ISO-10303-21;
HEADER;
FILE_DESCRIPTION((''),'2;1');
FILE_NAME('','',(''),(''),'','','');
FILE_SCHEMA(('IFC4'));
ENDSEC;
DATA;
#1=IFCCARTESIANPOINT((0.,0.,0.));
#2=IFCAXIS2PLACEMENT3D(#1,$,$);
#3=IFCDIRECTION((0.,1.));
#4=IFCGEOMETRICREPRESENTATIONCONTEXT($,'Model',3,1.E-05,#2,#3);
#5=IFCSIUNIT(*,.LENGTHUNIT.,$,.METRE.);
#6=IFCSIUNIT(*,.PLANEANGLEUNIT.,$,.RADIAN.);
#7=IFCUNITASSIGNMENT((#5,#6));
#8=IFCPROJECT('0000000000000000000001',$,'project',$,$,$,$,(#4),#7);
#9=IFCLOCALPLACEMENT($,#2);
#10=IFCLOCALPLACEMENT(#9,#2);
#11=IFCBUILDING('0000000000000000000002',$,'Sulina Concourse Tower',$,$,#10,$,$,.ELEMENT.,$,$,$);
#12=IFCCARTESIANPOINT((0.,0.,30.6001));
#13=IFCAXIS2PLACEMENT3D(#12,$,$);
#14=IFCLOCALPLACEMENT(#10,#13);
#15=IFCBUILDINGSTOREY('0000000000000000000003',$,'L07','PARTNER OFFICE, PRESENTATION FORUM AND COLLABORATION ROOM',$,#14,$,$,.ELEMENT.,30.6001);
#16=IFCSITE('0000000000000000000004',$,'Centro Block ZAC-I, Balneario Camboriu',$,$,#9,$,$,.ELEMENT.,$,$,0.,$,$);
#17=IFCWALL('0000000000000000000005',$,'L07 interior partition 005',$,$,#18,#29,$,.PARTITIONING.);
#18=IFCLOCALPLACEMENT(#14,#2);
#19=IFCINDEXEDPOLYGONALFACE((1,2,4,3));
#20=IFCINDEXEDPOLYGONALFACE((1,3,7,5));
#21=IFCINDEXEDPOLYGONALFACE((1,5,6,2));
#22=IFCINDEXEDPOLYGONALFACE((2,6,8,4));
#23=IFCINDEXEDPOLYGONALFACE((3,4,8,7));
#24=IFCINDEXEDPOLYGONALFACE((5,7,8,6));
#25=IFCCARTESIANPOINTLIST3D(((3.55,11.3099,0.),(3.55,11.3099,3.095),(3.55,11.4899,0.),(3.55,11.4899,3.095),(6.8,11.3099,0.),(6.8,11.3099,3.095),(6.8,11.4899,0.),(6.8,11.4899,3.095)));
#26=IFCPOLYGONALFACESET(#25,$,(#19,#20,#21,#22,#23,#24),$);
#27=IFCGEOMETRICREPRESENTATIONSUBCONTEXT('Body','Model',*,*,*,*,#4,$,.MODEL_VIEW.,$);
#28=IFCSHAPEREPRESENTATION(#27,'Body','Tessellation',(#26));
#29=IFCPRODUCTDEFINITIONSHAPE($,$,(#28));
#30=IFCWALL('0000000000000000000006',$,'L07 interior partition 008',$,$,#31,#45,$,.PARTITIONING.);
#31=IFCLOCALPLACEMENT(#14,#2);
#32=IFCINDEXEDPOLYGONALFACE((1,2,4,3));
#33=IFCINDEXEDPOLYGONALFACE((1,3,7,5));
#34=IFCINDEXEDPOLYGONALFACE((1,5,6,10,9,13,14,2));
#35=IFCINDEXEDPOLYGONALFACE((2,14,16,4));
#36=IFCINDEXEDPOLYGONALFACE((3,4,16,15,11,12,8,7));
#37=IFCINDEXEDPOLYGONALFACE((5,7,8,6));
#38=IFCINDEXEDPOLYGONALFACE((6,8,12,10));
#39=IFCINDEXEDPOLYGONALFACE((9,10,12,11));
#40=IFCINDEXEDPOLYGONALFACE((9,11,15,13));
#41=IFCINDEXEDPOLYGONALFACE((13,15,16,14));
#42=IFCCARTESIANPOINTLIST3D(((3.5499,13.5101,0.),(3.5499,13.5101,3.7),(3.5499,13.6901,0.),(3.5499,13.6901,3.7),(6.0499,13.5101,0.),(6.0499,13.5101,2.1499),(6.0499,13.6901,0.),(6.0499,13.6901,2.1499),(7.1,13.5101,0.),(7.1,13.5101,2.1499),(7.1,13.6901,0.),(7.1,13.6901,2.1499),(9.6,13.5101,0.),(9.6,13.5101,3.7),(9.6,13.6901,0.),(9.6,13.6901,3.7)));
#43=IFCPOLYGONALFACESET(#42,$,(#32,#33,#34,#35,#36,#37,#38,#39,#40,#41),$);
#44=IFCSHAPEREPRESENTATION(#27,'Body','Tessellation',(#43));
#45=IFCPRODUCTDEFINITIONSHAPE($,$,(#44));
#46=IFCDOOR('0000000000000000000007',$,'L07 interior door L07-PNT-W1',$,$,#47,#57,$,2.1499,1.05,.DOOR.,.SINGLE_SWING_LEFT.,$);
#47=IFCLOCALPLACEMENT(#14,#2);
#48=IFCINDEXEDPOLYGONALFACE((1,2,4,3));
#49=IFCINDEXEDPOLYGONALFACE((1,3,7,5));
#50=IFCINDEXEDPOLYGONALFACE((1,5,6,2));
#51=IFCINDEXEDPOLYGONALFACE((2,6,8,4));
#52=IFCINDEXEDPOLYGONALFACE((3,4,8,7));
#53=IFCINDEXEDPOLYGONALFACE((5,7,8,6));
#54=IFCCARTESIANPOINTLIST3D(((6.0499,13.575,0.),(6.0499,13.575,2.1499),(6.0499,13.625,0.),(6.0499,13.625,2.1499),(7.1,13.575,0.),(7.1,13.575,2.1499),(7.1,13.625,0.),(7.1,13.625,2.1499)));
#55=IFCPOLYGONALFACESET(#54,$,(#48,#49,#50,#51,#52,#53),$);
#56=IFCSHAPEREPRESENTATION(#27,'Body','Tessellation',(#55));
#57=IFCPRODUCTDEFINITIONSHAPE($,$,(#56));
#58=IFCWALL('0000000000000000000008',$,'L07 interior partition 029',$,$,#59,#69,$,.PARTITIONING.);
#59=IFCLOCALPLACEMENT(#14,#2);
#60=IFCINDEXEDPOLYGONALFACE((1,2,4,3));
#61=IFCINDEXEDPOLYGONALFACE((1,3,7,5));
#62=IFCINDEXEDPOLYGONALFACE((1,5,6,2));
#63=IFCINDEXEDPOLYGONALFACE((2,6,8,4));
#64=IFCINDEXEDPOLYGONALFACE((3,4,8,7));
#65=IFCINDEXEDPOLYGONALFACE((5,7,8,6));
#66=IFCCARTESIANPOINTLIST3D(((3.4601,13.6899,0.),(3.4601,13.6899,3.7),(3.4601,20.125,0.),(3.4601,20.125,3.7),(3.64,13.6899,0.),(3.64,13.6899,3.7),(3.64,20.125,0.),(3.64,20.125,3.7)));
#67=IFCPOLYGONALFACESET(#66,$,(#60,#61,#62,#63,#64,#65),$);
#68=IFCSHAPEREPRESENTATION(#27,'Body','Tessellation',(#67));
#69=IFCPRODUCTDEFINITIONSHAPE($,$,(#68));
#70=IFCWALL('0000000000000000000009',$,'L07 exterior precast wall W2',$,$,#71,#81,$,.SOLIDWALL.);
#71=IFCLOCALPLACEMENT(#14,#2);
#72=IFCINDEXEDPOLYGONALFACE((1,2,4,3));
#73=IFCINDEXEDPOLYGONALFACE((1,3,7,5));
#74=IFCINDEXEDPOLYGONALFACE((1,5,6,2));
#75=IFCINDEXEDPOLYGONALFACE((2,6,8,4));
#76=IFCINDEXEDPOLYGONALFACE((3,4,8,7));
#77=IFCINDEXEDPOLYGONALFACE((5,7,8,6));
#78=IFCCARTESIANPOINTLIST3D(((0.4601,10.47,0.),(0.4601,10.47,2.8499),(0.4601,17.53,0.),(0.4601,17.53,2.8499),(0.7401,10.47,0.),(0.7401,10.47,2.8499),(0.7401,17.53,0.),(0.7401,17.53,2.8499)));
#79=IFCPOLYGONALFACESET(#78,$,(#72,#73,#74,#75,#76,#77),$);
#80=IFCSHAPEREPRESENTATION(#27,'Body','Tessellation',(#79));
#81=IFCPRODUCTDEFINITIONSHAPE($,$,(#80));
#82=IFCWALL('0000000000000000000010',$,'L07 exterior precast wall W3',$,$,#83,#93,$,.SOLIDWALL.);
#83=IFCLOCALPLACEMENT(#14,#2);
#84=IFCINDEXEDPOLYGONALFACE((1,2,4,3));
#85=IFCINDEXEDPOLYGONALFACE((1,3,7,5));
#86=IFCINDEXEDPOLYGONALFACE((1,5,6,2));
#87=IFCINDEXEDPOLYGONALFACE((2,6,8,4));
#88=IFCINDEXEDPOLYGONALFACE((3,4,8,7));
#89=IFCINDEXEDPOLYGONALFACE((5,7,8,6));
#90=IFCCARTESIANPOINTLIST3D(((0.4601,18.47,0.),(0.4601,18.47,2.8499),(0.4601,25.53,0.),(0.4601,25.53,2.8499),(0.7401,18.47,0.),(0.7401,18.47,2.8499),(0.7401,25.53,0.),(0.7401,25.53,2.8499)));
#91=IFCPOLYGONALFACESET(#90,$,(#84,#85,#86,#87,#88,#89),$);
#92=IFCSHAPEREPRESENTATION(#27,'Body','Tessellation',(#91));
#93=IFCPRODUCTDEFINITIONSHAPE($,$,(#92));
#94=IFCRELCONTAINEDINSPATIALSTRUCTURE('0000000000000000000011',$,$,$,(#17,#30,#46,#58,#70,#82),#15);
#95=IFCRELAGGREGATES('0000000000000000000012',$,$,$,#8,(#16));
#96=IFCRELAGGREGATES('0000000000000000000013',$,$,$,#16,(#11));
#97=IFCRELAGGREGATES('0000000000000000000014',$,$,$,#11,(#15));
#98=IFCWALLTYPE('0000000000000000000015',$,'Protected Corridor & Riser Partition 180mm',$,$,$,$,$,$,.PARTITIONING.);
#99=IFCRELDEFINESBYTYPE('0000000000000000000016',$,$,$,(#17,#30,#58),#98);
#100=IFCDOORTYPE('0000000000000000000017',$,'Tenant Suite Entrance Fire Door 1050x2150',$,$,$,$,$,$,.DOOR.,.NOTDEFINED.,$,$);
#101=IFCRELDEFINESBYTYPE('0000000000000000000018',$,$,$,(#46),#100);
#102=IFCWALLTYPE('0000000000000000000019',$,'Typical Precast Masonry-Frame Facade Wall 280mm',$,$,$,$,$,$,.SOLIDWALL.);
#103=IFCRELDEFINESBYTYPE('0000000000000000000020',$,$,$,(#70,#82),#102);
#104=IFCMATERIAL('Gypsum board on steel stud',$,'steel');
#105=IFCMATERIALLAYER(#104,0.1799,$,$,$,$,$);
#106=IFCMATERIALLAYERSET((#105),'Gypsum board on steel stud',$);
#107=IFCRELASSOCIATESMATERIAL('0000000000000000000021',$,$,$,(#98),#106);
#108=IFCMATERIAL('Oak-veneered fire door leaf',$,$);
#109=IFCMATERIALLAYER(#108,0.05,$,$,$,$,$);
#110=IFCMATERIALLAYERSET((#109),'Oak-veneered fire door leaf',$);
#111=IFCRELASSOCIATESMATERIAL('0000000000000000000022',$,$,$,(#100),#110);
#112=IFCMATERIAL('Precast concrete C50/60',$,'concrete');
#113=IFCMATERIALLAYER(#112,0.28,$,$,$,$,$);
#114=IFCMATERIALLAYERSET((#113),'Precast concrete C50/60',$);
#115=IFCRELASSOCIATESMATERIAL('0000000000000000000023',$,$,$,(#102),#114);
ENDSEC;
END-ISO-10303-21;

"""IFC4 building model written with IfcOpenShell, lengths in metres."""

from ifc_helpers import new_model, si_unit, direction, frame, frame_2d, origin, place, context, subcontext, project, spatial, rectangle, extrude, material, layer, layer_set, type_object, element, fill, save


model = new_model("IFC4")

# Units and contexts
model_context = context("Model", 3, precision=1e-05, world=origin(), true_north=direction((0.0, 1.0)))
body_context = subcontext(model_context, "Body", "Model", "MODEL_VIEW")
ifc_project = project(units=[si_unit("LENGTHUNIT", "METRE"), si_unit("PLANEANGLEUNIT", "RADIAN")], contexts=[model_context])

# Site, building, storey
site_placement = place(None, origin())
site = spatial("IfcSite", under=ifc_project, at=site_placement, Name="Centro Block ZAC-I, Balneario Camboriu", CompositionType="ELEMENT", RefElevation=0.0)
building_placement = place(site_placement, origin())
building = spatial("IfcBuilding", under=site, at=building_placement, Name="Sulina Concourse Tower", CompositionType="ELEMENT")
storey_placement = place(building_placement, frame((0.0, 0.0, 30.6001)))
storey = spatial("IfcBuildingStorey", under=building, at=storey_placement, Name="L07", Description="PARTNER OFFICE, PRESENTATION FORUM AND COLLABORATION ROOM", CompositionType="ELEMENT", Elevation=30.6001)

# Shared definitions
ifc_material_1 = material(Name="Gypsum board on steel stud", Category="steel")
ifc_layer_1 = layer(ifc_material_1, 0.1799)
ifc_layer_set_1 = layer_set([ifc_layer_1], Name="Gypsum board on steel stud")
wall_type_1 = type_object("IfcWallType", Name="Protected Corridor & Riser Partition 180mm", PredefinedType="PARTITIONING", material=ifc_layer_set_1)
ifc_material_2 = material(Name="Oak-veneered fire door leaf")
ifc_layer_2 = layer(ifc_material_2, 0.05)
ifc_layer_set_2 = layer_set([ifc_layer_2], Name="Oak-veneered fire door leaf")
door_type = type_object("IfcDoorType", Name="Tenant Suite Entrance Fire Door 1050x2150", OperationType="NOTDEFINED", PredefinedType="DOOR", material=ifc_layer_set_2)

# Wall
wall_1_placement = place(storey_placement, frame((3.55, 11.3999, 0.0), z_axis=(0.0, 0.0, 1.0), x_axis=(1.0, 0.0, 0.0)))
element("IfcWall", 1, at=wall_1_placement, inside=storey, type_object=wall_type_1, Name="L07 interior partition 005", PredefinedType="PARTITIONING", context=body_context, shape_type="SweptSolid", body=[
    extrude(rectangle(XDim=3.25, YDim=0.1799, at=frame_2d((1.625, 0.0))), origin(), (0.0, 0.0, 1.0), 3.095),
])

# Wall, opening, door
wall_2_placement = place(storey_placement, frame((3.55, 13.6001, 0.0), z_axis=(0.0, 0.0, 1.0), x_axis=(1.0, 0.0, 0.0)))
wall_2 = element("IfcWall", 2, at=wall_2_placement, inside=storey, type_object=wall_type_1, Name="L07 interior partition 008", PredefinedType="PARTITIONING", context=body_context, shape_type="SweptSolid", body=[
    extrude(rectangle(XDim=6.05, YDim=0.1799, at=frame_2d((3.0249, 0.0))), origin(), (0.0, 0.0, 1.0), 3.7),
])
opening_1_placement = place(wall_2_placement, frame((2.5, 0.0, 0.0)))
opening_1 = element("IfcOpeningElement", 3, at=opening_1_placement, cuts=wall_2, PredefinedType="OPENING", context=body_context, shape_type="SweptSolid", body=[
    extrude(rectangle(XDim=1.05, YDim=2.1499, at=frame_2d((0.5249, 1.075))), frame((0.0, 0.0999, 0.0), z_axis=(0.0, -1.0, 0.0), x_axis=(1.0, 0.0, 0.0)), (0.0, 0.0, 1.0), 0.2),
])
door_1_placement = place(opening_1_placement, origin())
door_1 = element("IfcDoor", 4, at=door_1_placement, inside=storey, type_object=door_type, Name="L07 interior door L07-PNT-W1", OperationType="SINGLE_SWING_LEFT", OverallHeight=2.1499, OverallWidth=1.05, PredefinedType="DOOR", context=body_context, shape_type="SweptSolid", body=[
    extrude(rectangle(XDim=1.05, YDim=2.1499, at=frame_2d((0.5249, 1.075))), frame((0.0, 0.0249, 0.0), z_axis=(0.0, -1.0, 0.0), x_axis=(1.0, 0.0, 0.0)), (0.0, 0.0, 1.0), 0.05),
])
fill(opening_1, door_1)

# Walls
wall_3_placement = place(storey_placement, frame((3.55, 13.6899, 0.0), z_axis=(0.0, 0.0, 1.0), x_axis=(0.0, 1.0, 0.0)))
element("IfcWall", 5, at=wall_3_placement, inside=storey, type_object=wall_type_1, Name="L07 interior partition 029", PredefinedType="PARTITIONING", context=body_context, shape_type="SweptSolid", body=[
    extrude(rectangle(XDim=6.4351, YDim=0.1799, at=frame_2d((3.2175, 0.0))), origin(), (0.0, 0.0, 1.0), 3.7),
])
ifc_material_3 = material(Name="Precast concrete C50/60", Category="concrete")
ifc_layer_3 = layer(ifc_material_3, 0.28)
ifc_layer_set_3 = layer_set([ifc_layer_3], Name="Precast concrete C50/60")
wall_type_2 = type_object("IfcWallType", Name="Typical Precast Masonry-Frame Facade Wall 280mm", PredefinedType="SOLIDWALL", material=ifc_layer_set_3)
for number, where, z_axis, x_axis, name in (
    (6, (0.6001, 10.47, 0.0), (0.0, 0.0, 1.0), (0.0, 1.0, 0.0), "L07 exterior precast wall W2"),
    (7, (0.6001, 18.47, 0.0), (0.0, 0.0, 1.0), (0.0, 1.0, 0.0), "L07 exterior precast wall W3"),
):
    element("IfcWall", number, at=place(storey_placement, frame(where, z_axis=z_axis, x_axis=x_axis)), inside=storey, type_object=wall_type_2, Name=name, PredefinedType="SOLIDWALL", context=body_context, shape_type="SweptSolid", body=[
        extrude(rectangle(XDim=7.0601, YDim=0.28, at=frame_2d((3.53, 0.0))), origin(), (0.0, 0.0, 1.0), 2.8499),
    ])

save(model, "model.ifc")
